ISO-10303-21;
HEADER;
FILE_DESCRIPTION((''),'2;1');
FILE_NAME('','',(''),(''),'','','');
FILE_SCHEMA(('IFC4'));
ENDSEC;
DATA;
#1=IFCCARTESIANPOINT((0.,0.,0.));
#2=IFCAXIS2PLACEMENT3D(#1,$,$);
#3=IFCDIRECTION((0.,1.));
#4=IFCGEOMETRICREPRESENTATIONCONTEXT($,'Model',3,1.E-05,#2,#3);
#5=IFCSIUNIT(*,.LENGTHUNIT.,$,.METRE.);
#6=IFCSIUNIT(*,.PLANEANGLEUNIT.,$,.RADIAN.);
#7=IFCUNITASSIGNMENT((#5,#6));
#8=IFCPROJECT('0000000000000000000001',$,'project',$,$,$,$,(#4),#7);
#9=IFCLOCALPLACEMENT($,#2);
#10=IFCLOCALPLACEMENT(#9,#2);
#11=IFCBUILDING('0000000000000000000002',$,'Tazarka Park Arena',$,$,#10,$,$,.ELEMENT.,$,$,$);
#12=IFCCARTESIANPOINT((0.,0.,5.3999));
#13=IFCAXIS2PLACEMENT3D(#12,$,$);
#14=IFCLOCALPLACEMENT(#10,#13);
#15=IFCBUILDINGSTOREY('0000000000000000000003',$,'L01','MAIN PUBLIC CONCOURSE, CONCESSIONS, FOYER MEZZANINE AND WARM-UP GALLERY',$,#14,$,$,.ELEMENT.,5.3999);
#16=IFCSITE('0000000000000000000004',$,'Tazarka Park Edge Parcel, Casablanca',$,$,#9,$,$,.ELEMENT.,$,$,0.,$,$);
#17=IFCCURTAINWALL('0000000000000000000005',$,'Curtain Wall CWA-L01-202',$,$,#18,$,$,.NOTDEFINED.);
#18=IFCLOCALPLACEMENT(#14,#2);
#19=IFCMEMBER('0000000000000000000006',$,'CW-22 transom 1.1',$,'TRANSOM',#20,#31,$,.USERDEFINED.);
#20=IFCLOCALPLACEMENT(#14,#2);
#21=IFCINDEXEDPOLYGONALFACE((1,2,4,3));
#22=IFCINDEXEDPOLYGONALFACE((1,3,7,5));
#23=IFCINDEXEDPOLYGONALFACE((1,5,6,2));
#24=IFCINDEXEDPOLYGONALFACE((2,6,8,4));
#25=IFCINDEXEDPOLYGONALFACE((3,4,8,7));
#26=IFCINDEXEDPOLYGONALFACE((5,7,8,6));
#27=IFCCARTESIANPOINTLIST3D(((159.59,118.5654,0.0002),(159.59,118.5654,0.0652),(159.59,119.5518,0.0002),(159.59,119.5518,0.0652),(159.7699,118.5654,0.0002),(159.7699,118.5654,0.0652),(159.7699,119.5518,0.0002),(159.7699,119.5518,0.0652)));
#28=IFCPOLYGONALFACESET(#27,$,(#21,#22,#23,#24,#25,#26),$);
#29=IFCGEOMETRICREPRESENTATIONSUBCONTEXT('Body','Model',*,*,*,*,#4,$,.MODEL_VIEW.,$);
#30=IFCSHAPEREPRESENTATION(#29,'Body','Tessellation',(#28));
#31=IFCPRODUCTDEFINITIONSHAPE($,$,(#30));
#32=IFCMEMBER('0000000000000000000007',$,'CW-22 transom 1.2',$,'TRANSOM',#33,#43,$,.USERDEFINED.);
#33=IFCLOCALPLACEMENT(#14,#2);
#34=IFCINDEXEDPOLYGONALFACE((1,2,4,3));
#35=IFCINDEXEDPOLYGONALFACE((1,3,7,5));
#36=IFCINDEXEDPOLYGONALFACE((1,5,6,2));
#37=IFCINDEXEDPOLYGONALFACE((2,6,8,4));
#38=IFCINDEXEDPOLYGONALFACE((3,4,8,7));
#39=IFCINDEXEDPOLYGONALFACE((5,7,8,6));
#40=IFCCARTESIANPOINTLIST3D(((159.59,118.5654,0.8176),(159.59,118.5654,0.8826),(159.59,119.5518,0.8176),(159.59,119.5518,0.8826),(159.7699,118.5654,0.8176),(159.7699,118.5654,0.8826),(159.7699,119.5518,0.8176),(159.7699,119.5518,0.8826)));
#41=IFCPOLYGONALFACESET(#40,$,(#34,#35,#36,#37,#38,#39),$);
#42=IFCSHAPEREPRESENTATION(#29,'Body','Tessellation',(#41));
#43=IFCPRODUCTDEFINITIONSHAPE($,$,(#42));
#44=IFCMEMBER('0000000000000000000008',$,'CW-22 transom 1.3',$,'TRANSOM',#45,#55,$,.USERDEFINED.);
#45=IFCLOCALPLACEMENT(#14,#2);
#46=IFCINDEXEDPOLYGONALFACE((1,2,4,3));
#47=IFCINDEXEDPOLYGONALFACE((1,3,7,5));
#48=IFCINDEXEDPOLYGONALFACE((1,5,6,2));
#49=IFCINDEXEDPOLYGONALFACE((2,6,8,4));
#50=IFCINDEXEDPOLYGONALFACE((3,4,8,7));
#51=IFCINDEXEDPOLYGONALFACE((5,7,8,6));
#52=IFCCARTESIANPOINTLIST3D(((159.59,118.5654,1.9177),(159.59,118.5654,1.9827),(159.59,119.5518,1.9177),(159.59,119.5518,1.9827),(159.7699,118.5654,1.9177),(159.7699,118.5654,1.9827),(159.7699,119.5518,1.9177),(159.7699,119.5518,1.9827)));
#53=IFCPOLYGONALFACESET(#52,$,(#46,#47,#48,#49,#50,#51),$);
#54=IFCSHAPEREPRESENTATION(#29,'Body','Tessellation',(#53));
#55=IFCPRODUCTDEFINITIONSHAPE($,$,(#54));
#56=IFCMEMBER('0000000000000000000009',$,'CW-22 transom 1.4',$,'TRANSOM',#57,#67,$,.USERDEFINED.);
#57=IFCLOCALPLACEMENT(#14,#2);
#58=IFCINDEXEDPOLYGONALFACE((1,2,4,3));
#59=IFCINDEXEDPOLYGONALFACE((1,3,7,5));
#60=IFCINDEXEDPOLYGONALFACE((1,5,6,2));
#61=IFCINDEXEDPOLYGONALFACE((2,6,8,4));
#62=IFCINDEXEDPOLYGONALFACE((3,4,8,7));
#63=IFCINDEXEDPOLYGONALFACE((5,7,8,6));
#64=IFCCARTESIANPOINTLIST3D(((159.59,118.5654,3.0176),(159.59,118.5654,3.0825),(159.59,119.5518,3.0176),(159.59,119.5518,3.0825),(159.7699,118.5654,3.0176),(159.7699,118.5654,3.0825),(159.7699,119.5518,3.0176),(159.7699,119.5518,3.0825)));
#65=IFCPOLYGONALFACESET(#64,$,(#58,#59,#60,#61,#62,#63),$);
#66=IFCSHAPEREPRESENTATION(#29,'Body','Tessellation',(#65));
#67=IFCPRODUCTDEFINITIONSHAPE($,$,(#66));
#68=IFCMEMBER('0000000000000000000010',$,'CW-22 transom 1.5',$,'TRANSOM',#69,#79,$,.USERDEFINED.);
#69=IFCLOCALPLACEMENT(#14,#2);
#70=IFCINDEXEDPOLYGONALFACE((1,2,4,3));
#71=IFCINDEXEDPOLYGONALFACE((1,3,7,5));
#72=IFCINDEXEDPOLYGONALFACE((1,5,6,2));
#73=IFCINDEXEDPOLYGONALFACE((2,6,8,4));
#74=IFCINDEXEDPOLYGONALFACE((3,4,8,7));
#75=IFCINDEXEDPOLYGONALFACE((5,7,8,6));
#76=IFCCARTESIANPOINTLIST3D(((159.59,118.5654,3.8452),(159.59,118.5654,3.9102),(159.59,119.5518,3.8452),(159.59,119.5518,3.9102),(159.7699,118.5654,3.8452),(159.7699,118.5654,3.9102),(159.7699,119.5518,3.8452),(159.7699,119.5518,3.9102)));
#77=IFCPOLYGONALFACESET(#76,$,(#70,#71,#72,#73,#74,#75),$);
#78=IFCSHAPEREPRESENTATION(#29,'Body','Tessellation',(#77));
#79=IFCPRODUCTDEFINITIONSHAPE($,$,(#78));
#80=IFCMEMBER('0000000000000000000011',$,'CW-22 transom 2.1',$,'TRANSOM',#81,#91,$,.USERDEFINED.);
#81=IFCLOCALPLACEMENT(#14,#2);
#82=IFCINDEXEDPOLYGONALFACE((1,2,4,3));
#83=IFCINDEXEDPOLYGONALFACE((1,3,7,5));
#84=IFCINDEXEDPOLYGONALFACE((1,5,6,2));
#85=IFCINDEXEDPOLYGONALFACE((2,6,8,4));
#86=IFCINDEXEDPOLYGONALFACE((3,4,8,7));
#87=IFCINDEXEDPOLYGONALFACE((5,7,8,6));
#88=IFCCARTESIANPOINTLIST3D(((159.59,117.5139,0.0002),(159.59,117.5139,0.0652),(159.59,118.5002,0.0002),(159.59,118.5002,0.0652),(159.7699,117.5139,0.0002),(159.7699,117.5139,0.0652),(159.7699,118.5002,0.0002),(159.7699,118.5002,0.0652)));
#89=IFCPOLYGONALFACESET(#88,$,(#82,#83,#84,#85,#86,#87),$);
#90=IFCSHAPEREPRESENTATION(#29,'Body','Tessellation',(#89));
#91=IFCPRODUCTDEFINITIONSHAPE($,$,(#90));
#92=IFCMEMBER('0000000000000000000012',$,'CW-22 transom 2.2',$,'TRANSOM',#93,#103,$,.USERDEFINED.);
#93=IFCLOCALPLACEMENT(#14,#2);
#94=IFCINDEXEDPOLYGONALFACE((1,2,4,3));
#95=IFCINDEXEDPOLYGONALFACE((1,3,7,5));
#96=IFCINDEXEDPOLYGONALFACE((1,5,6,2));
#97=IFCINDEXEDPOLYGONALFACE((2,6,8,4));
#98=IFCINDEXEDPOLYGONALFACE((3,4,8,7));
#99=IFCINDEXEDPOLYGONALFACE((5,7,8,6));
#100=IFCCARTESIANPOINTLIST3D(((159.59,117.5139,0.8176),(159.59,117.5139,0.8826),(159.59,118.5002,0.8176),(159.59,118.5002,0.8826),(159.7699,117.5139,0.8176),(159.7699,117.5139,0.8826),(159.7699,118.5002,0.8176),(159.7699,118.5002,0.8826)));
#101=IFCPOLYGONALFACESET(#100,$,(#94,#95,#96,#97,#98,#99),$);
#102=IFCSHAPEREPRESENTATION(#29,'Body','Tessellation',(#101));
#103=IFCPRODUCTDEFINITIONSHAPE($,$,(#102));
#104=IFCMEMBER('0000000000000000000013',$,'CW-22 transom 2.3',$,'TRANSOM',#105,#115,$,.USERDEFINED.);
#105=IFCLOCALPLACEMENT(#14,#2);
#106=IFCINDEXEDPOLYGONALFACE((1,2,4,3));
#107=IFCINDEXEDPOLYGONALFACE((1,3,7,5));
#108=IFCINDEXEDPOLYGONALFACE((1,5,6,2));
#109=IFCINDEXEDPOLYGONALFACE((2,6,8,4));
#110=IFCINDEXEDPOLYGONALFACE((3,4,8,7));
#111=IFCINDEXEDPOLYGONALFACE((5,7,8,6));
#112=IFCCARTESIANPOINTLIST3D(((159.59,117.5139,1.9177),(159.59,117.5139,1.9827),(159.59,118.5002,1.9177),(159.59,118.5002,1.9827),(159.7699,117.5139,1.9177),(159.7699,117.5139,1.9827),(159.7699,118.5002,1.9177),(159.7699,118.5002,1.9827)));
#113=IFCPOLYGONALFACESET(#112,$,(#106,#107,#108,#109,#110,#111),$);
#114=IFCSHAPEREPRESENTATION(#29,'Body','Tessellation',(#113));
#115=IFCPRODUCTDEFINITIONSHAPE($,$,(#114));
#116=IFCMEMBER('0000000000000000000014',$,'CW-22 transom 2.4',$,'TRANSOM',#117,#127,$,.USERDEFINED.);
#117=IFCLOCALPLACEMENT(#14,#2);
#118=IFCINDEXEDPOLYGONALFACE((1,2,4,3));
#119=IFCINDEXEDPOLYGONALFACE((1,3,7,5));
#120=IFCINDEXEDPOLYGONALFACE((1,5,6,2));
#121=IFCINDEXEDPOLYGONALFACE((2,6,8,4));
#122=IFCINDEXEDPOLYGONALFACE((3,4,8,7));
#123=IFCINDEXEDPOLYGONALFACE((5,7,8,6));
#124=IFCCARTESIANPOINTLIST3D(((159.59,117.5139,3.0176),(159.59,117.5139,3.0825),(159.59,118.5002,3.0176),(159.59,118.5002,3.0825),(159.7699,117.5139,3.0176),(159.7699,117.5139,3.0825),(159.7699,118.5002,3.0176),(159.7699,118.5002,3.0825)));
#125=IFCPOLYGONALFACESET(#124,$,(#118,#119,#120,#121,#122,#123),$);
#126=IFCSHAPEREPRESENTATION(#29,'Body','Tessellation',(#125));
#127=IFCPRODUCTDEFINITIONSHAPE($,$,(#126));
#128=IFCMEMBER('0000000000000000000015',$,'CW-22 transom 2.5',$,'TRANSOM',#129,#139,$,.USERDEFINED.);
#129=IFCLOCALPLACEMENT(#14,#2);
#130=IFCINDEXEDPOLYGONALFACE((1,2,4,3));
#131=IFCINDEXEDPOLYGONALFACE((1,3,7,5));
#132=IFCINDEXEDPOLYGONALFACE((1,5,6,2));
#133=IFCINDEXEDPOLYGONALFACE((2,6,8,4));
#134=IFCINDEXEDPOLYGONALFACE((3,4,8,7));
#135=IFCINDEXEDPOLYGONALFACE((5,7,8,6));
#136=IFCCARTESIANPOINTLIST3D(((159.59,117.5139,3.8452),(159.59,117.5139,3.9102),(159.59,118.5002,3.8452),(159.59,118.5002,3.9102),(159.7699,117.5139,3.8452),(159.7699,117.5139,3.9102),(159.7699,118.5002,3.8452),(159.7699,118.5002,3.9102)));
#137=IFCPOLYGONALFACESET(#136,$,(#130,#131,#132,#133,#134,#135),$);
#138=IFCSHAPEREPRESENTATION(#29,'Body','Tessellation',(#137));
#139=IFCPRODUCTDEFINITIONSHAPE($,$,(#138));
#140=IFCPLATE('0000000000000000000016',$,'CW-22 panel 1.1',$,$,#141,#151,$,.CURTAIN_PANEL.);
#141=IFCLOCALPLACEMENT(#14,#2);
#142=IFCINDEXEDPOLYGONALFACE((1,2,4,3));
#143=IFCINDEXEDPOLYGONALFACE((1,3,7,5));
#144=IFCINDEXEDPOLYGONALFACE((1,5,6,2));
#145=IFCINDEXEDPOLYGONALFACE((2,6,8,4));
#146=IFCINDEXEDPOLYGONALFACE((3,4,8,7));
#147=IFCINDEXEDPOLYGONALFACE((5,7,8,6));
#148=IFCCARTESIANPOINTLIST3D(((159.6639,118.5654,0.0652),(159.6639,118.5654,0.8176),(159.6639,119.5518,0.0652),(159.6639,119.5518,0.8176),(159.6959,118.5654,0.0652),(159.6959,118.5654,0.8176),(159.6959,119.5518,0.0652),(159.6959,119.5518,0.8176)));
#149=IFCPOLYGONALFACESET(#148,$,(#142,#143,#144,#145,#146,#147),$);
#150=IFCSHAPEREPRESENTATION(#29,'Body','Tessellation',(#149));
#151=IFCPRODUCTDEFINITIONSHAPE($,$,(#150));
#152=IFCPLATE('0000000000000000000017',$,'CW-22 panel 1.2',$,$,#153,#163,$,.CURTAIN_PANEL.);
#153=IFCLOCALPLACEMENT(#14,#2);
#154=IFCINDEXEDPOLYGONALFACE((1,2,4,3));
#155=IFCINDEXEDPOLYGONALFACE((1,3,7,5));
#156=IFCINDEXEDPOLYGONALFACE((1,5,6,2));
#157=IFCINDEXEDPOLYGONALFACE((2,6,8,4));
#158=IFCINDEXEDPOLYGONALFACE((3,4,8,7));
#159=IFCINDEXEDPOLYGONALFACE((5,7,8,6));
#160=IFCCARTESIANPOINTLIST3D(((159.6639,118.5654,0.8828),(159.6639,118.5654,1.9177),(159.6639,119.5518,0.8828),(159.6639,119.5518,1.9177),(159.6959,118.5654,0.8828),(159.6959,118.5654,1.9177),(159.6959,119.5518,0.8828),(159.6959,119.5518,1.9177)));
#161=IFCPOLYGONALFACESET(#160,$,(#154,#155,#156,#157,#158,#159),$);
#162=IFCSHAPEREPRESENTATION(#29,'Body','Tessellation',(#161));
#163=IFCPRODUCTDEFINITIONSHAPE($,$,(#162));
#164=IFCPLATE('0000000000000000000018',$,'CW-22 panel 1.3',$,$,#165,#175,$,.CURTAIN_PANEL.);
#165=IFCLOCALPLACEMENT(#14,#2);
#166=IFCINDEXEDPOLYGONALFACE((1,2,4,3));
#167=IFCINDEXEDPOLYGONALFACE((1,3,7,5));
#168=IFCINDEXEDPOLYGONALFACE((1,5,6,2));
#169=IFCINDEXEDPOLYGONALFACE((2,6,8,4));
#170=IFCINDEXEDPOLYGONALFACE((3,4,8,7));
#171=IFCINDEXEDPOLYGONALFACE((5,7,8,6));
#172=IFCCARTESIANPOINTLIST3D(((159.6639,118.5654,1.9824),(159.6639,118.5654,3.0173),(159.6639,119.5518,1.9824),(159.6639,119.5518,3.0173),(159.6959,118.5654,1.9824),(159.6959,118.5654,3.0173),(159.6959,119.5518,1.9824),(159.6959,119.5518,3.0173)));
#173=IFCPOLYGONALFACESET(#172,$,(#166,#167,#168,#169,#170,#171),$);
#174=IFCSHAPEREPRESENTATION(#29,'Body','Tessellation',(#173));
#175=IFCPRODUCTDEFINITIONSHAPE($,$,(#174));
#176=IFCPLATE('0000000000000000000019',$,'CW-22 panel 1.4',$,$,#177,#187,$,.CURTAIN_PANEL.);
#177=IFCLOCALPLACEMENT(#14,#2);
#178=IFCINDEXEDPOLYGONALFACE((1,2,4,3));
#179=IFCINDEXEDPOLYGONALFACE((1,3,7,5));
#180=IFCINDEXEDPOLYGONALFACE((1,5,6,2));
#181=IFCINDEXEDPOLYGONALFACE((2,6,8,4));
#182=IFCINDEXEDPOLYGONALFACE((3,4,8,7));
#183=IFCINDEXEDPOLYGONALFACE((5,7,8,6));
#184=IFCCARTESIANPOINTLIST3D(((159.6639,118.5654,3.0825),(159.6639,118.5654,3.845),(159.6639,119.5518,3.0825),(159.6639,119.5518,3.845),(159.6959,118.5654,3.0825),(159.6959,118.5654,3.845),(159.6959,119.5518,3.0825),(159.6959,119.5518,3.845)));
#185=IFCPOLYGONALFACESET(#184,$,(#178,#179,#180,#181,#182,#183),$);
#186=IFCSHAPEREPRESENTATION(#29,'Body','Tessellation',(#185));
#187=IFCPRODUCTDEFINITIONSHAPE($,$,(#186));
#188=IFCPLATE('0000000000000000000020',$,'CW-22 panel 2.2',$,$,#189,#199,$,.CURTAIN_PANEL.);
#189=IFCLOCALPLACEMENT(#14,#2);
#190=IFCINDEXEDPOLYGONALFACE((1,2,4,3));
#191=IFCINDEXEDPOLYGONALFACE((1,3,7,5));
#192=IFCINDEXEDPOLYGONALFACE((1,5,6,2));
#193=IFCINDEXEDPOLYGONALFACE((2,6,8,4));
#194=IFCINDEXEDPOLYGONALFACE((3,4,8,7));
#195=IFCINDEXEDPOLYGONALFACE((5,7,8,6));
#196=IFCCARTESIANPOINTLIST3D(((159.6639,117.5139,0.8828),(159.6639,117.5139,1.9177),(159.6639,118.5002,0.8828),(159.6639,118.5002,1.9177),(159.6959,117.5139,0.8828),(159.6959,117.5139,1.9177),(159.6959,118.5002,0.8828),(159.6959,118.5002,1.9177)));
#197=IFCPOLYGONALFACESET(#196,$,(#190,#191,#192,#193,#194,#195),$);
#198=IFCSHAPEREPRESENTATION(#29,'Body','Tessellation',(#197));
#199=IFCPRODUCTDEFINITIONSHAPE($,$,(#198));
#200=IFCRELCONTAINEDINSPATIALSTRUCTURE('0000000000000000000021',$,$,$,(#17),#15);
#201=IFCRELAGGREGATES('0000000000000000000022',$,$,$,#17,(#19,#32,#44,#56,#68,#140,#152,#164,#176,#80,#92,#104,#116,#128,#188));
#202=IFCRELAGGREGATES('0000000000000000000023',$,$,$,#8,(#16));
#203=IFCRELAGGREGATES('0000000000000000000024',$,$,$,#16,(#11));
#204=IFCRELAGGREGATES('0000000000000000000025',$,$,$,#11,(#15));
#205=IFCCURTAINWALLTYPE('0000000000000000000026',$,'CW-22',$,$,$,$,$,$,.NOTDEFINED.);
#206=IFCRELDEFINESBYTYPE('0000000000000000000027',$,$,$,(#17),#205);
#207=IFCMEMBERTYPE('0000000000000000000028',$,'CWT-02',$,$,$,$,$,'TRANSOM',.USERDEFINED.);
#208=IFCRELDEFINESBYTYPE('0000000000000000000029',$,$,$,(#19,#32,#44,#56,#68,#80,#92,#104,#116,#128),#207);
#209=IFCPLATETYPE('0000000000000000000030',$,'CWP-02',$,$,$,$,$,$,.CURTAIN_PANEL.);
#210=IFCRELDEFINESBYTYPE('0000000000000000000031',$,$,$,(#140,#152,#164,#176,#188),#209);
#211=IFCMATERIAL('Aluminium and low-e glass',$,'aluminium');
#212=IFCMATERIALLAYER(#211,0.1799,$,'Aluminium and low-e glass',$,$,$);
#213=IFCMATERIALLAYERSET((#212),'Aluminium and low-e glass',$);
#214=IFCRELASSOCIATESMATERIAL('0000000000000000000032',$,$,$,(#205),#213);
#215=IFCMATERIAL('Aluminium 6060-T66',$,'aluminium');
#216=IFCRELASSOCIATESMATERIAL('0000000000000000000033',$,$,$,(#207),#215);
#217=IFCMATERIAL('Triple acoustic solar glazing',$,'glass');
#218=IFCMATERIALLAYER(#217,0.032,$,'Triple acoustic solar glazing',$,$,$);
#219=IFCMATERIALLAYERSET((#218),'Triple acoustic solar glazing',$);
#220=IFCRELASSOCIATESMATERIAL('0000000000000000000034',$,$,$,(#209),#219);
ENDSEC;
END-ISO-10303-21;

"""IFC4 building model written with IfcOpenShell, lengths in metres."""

from ifc_helpers import new_model, si_unit, direction, frame, origin, origin_2d, place, context, subcontext, project, spatial, rectangle, extrude, material, layer, layer_set, material_profile, profile_set, type_object, element, aggregate, save


model = new_model("IFC4")

# Units and contexts
model_context = context("Model", 3, precision=1e-05, world=origin(), true_north=direction((0.0, 1.0)))
body_context = subcontext(model_context, "Body", "Model", "MODEL_VIEW")
ifc_project = project(units=[si_unit("LENGTHUNIT", "METRE"), si_unit("PLANEANGLEUNIT", "RADIAN")], contexts=[model_context])

# Site, building, storey
site_placement = place(None, origin())
site = spatial("IfcSite", under=ifc_project, at=site_placement, Name="Tazarka Park Edge Parcel, Casablanca", CompositionType="ELEMENT", RefElevation=0.0)
building_placement = place(site_placement, origin())
building = spatial("IfcBuilding", under=site, at=building_placement, Name="Tazarka Park Arena", CompositionType="ELEMENT")
storey_placement = place(building_placement, frame((0.0, 0.0, 5.3999)))
storey = spatial("IfcBuildingStorey", under=building, at=storey_placement, Name="L01", Description="MAIN PUBLIC CONCOURSE, CONCESSIONS, FOYER MEZZANINE AND WARM-UP GALLERY", CompositionType="ELEMENT", Elevation=5.3999)

# Curtain wall, members, plates
ifc_material_1 = material(Name="Aluminium and low-e glass", Category="aluminium")
ifc_layer_1 = layer(ifc_material_1, 0.1799, Name="Aluminium and low-e glass")
ifc_layer_set_1 = layer_set([ifc_layer_1], Name="Aluminium and low-e glass")
curtain_wall_type = type_object("IfcCurtainWallType", Name="CW-22", PredefinedType="NOTDEFINED", material=ifc_layer_set_1)
curtain_wall_placement = place(storey_placement, origin())
curtain_wall = element("IfcCurtainWall", 1, at=curtain_wall_placement, inside=storey, type_object=curtain_wall_type, Name="Curtain Wall CWA-L01-202", PredefinedType="NOTDEFINED")
ifc_material_2 = material(Name="Aluminium 6060-T66", Category="aluminium")
ifc_material_profile_1 = material_profile(ifc_material_2, rectangle(XDim=0.1799, YDim=0.0649, at=origin_2d()), Name="Aluminium 6060-T66")
ifc_profile_set_1 = profile_set([ifc_material_profile_1], Name="Aluminium 6060-T66")
member_type_1 = type_object("IfcMemberType", Name="CWT-02", ElementType="TRANSOM", PredefinedType="USERDEFINED", material=ifc_profile_set_1)
member_1_placement = place(storey_placement, frame((159.6799, 119.5518, 0.0327), z_axis=(0.0, -1.0, 0.0), x_axis=(1.0, 0.0, 0.0)))
member_1 = element("IfcMember", 2, at=member_1_placement, type_object=member_type_1, Name="CW-22 transom 1.1", ObjectType="TRANSOM", PredefinedType="USERDEFINED", context=body_context, shape_type="SweptSolid", body=[
    extrude(rectangle(XDim=0.1799, YDim=0.0649, at=origin_2d()), origin(), (0.0, 0.0, 1.0), 0.9863),
])
member_2_placement = place(storey_placement, frame((159.6799, 119.5518, 0.8501), z_axis=(0.0, -1.0, 0.0), x_axis=(1.0, 0.0, 0.0)))
member_2 = element("IfcMember", 3, at=member_2_placement, type_object=member_type_1, Name="CW-22 transom 1.2", ObjectType="TRANSOM", PredefinedType="USERDEFINED", context=body_context, shape_type="SweptSolid", body=[
    extrude(rectangle(XDim=0.1799, YDim=0.0649, at=origin_2d()), origin(), (0.0, 0.0, 1.0), 0.9863),
])
member_3_placement = place(storey_placement, frame((159.6799, 119.5518, 1.9502), z_axis=(0.0, -1.0, 0.0), x_axis=(1.0, 0.0, 0.0)))
member_3 = element("IfcMember", 4, at=member_3_placement, type_object=member_type_1, Name="CW-22 transom 1.3", ObjectType="TRANSOM", PredefinedType="USERDEFINED", context=body_context, shape_type="SweptSolid", body=[
    extrude(rectangle(XDim=0.1799, YDim=0.0649, at=origin_2d()), origin(), (0.0, 0.0, 1.0), 0.9863),
])
member_4_placement = place(storey_placement, frame((159.6799, 119.5518, 3.05), z_axis=(0.0, -1.0, 0.0), x_axis=(1.0, 0.0, 0.0)))
member_4 = element("IfcMember", 5, at=member_4_placement, type_object=member_type_1, Name="CW-22 transom 1.4", ObjectType="TRANSOM", PredefinedType="USERDEFINED", context=body_context, shape_type="SweptSolid", body=[
    extrude(rectangle(XDim=0.1799, YDim=0.0649, at=origin_2d()), origin(), (0.0, 0.0, 1.0), 0.9863),
])
member_5_placement = place(storey_placement, frame((159.6799, 119.5518, 3.8777), z_axis=(0.0, -1.0, 0.0), x_axis=(1.0, 0.0, 0.0)))
member_5 = element("IfcMember", 6, at=member_5_placement, type_object=member_type_1, Name="CW-22 transom 1.5", ObjectType="TRANSOM", PredefinedType="USERDEFINED", context=body_context, shape_type="SweptSolid", body=[
    extrude(rectangle(XDim=0.1799, YDim=0.0649, at=origin_2d()), origin(), (0.0, 0.0, 1.0), 0.9863),
])
member_6_placement = place(storey_placement, frame((159.6799, 118.5002, 0.0327), z_axis=(0.0, -1.0, 0.0), x_axis=(1.0, 0.0, 0.0)))
member_6 = element("IfcMember", 7, at=member_6_placement, type_object=member_type_1, Name="CW-22 transom 2.1", ObjectType="TRANSOM", PredefinedType="USERDEFINED", context=body_context, shape_type="SweptSolid", body=[
    extrude(rectangle(XDim=0.1799, YDim=0.0649, at=origin_2d()), origin(), (0.0, 0.0, 1.0), 0.9863),
])
member_7_placement = place(storey_placement, frame((159.6799, 118.5002, 0.8501), z_axis=(0.0, -1.0, 0.0), x_axis=(1.0, 0.0, 0.0)))
member_7 = element("IfcMember", 8, at=member_7_placement, type_object=member_type_1, Name="CW-22 transom 2.2", ObjectType="TRANSOM", PredefinedType="USERDEFINED", context=body_context, shape_type="SweptSolid", body=[
    extrude(rectangle(XDim=0.1799, YDim=0.0649, at=origin_2d()), origin(), (0.0, 0.0, 1.0), 0.9863),
])
member_8_placement = place(storey_placement, frame((159.6799, 118.5002, 1.9502), z_axis=(0.0, -1.0, 0.0), x_axis=(1.0, 0.0, 0.0)))
member_8 = element("IfcMember", 9, at=member_8_placement, type_object=member_type_1, Name="CW-22 transom 2.3", ObjectType="TRANSOM", PredefinedType="USERDEFINED", context=body_context, shape_type="SweptSolid", body=[
    extrude(rectangle(XDim=0.1799, YDim=0.0649, at=origin_2d()), origin(), (0.0, 0.0, 1.0), 0.9863),
])
member_9_placement = place(storey_placement, frame((159.6799, 118.5002, 3.05), z_axis=(0.0, -1.0, 0.0), x_axis=(1.0, 0.0, 0.0)))
member_9 = element("IfcMember", 10, at=member_9_placement, type_object=member_type_1, Name="CW-22 transom 2.4", ObjectType="TRANSOM", PredefinedType="USERDEFINED", context=body_context, shape_type="SweptSolid", body=[
    extrude(rectangle(XDim=0.1799, YDim=0.0649, at=origin_2d()), origin(), (0.0, 0.0, 1.0), 0.9863),
])
member_10_placement = place(storey_placement, frame((159.6799, 118.5002, 3.8777), z_axis=(0.0, -1.0, 0.0), x_axis=(1.0, 0.0, 0.0)))
member_10 = element("IfcMember", 11, at=member_10_placement, type_object=member_type_1, Name="CW-22 transom 2.5", ObjectType="TRANSOM", PredefinedType="USERDEFINED", context=body_context, shape_type="SweptSolid", body=[
    extrude(rectangle(XDim=0.1799, YDim=0.0649, at=origin_2d()), origin(), (0.0, 0.0, 1.0), 0.9863),
])
ifc_material_3 = material(Name="Triple acoustic solar glazing", Category="glass")
ifc_layer_2 = layer(ifc_material_3, 0.032, Name="Triple acoustic solar glazing")
ifc_layer_set_2 = layer_set([ifc_layer_2], Name="Triple acoustic solar glazing")
plate_type_1 = type_object("IfcPlateType", Name="CWP-02", PredefinedType="CURTAIN_PANEL", material=ifc_layer_set_2)
plate_1_placement = place(storey_placement, frame((159.6799, 119.0586, 0.0652), z_axis=(0.0, 0.0, 1.0), x_axis=(0.0, -1.0, 0.0)))
plate_1 = element("IfcPlate", 12, at=plate_1_placement, type_object=plate_type_1, Name="CW-22 panel 1.1", PredefinedType="CURTAIN_PANEL", context=body_context, shape_type="SweptSolid", body=[
    extrude(rectangle(XDim=0.9863, YDim=0.032, at=origin_2d()), origin(), (0.0, 0.0, 1.0), 0.7524),
])
plate_2_placement = place(storey_placement, frame((159.6799, 119.0586, 0.8828), z_axis=(0.0, 0.0, 1.0), x_axis=(0.0, -1.0, 0.0)))
plate_2 = element("IfcPlate", 13, at=plate_2_placement, type_object=plate_type_1, Name="CW-22 panel 1.2", PredefinedType="CURTAIN_PANEL", context=body_context, shape_type="SweptSolid", body=[
    extrude(rectangle(XDim=0.9863, YDim=0.032, at=origin_2d()), origin(), (0.0, 0.0, 1.0), 1.0349),
])
plate_3_placement = place(storey_placement, frame((159.6799, 119.0586, 1.9824), z_axis=(0.0, 0.0, 1.0), x_axis=(0.0, -1.0, 0.0)))
plate_3 = element("IfcPlate", 14, at=plate_3_placement, type_object=plate_type_1, Name="CW-22 panel 1.3", PredefinedType="CURTAIN_PANEL", context=body_context, shape_type="SweptSolid", body=[
    extrude(rectangle(XDim=0.9863, YDim=0.032, at=origin_2d()), origin(), (0.0, 0.0, 1.0), 1.0349),
])
plate_4_placement = place(storey_placement, frame((159.6799, 119.0586, 3.0825), z_axis=(0.0, 0.0, 1.0), x_axis=(0.0, -1.0, 0.0)))
plate_4 = element("IfcPlate", 15, at=plate_4_placement, type_object=plate_type_1, Name="CW-22 panel 1.4", PredefinedType="CURTAIN_PANEL", context=body_context, shape_type="SweptSolid", body=[
    extrude(rectangle(XDim=0.9863, YDim=0.032, at=origin_2d()), origin(), (0.0, 0.0, 1.0), 0.7625),
])
plate_5_placement = place(storey_placement, frame((159.6799, 118.0071, 0.8828), z_axis=(0.0, 0.0, 1.0), x_axis=(0.0, -1.0, 0.0)))
plate_5 = element("IfcPlate", 16, at=plate_5_placement, type_object=plate_type_1, Name="CW-22 panel 2.2", PredefinedType="CURTAIN_PANEL", context=body_context, shape_type="SweptSolid", body=[
    extrude(rectangle(XDim=0.9863, YDim=0.032, at=origin_2d()), origin(), (0.0, 0.0, 1.0), 1.0349),
])
aggregate(curtain_wall, [member_1, member_2, member_3, member_4, member_5, plate_1, plate_2, plate_3, plate_4, member_6, member_7, member_8, member_9, member_10, plate_5])

save(model, "model.ifc")
